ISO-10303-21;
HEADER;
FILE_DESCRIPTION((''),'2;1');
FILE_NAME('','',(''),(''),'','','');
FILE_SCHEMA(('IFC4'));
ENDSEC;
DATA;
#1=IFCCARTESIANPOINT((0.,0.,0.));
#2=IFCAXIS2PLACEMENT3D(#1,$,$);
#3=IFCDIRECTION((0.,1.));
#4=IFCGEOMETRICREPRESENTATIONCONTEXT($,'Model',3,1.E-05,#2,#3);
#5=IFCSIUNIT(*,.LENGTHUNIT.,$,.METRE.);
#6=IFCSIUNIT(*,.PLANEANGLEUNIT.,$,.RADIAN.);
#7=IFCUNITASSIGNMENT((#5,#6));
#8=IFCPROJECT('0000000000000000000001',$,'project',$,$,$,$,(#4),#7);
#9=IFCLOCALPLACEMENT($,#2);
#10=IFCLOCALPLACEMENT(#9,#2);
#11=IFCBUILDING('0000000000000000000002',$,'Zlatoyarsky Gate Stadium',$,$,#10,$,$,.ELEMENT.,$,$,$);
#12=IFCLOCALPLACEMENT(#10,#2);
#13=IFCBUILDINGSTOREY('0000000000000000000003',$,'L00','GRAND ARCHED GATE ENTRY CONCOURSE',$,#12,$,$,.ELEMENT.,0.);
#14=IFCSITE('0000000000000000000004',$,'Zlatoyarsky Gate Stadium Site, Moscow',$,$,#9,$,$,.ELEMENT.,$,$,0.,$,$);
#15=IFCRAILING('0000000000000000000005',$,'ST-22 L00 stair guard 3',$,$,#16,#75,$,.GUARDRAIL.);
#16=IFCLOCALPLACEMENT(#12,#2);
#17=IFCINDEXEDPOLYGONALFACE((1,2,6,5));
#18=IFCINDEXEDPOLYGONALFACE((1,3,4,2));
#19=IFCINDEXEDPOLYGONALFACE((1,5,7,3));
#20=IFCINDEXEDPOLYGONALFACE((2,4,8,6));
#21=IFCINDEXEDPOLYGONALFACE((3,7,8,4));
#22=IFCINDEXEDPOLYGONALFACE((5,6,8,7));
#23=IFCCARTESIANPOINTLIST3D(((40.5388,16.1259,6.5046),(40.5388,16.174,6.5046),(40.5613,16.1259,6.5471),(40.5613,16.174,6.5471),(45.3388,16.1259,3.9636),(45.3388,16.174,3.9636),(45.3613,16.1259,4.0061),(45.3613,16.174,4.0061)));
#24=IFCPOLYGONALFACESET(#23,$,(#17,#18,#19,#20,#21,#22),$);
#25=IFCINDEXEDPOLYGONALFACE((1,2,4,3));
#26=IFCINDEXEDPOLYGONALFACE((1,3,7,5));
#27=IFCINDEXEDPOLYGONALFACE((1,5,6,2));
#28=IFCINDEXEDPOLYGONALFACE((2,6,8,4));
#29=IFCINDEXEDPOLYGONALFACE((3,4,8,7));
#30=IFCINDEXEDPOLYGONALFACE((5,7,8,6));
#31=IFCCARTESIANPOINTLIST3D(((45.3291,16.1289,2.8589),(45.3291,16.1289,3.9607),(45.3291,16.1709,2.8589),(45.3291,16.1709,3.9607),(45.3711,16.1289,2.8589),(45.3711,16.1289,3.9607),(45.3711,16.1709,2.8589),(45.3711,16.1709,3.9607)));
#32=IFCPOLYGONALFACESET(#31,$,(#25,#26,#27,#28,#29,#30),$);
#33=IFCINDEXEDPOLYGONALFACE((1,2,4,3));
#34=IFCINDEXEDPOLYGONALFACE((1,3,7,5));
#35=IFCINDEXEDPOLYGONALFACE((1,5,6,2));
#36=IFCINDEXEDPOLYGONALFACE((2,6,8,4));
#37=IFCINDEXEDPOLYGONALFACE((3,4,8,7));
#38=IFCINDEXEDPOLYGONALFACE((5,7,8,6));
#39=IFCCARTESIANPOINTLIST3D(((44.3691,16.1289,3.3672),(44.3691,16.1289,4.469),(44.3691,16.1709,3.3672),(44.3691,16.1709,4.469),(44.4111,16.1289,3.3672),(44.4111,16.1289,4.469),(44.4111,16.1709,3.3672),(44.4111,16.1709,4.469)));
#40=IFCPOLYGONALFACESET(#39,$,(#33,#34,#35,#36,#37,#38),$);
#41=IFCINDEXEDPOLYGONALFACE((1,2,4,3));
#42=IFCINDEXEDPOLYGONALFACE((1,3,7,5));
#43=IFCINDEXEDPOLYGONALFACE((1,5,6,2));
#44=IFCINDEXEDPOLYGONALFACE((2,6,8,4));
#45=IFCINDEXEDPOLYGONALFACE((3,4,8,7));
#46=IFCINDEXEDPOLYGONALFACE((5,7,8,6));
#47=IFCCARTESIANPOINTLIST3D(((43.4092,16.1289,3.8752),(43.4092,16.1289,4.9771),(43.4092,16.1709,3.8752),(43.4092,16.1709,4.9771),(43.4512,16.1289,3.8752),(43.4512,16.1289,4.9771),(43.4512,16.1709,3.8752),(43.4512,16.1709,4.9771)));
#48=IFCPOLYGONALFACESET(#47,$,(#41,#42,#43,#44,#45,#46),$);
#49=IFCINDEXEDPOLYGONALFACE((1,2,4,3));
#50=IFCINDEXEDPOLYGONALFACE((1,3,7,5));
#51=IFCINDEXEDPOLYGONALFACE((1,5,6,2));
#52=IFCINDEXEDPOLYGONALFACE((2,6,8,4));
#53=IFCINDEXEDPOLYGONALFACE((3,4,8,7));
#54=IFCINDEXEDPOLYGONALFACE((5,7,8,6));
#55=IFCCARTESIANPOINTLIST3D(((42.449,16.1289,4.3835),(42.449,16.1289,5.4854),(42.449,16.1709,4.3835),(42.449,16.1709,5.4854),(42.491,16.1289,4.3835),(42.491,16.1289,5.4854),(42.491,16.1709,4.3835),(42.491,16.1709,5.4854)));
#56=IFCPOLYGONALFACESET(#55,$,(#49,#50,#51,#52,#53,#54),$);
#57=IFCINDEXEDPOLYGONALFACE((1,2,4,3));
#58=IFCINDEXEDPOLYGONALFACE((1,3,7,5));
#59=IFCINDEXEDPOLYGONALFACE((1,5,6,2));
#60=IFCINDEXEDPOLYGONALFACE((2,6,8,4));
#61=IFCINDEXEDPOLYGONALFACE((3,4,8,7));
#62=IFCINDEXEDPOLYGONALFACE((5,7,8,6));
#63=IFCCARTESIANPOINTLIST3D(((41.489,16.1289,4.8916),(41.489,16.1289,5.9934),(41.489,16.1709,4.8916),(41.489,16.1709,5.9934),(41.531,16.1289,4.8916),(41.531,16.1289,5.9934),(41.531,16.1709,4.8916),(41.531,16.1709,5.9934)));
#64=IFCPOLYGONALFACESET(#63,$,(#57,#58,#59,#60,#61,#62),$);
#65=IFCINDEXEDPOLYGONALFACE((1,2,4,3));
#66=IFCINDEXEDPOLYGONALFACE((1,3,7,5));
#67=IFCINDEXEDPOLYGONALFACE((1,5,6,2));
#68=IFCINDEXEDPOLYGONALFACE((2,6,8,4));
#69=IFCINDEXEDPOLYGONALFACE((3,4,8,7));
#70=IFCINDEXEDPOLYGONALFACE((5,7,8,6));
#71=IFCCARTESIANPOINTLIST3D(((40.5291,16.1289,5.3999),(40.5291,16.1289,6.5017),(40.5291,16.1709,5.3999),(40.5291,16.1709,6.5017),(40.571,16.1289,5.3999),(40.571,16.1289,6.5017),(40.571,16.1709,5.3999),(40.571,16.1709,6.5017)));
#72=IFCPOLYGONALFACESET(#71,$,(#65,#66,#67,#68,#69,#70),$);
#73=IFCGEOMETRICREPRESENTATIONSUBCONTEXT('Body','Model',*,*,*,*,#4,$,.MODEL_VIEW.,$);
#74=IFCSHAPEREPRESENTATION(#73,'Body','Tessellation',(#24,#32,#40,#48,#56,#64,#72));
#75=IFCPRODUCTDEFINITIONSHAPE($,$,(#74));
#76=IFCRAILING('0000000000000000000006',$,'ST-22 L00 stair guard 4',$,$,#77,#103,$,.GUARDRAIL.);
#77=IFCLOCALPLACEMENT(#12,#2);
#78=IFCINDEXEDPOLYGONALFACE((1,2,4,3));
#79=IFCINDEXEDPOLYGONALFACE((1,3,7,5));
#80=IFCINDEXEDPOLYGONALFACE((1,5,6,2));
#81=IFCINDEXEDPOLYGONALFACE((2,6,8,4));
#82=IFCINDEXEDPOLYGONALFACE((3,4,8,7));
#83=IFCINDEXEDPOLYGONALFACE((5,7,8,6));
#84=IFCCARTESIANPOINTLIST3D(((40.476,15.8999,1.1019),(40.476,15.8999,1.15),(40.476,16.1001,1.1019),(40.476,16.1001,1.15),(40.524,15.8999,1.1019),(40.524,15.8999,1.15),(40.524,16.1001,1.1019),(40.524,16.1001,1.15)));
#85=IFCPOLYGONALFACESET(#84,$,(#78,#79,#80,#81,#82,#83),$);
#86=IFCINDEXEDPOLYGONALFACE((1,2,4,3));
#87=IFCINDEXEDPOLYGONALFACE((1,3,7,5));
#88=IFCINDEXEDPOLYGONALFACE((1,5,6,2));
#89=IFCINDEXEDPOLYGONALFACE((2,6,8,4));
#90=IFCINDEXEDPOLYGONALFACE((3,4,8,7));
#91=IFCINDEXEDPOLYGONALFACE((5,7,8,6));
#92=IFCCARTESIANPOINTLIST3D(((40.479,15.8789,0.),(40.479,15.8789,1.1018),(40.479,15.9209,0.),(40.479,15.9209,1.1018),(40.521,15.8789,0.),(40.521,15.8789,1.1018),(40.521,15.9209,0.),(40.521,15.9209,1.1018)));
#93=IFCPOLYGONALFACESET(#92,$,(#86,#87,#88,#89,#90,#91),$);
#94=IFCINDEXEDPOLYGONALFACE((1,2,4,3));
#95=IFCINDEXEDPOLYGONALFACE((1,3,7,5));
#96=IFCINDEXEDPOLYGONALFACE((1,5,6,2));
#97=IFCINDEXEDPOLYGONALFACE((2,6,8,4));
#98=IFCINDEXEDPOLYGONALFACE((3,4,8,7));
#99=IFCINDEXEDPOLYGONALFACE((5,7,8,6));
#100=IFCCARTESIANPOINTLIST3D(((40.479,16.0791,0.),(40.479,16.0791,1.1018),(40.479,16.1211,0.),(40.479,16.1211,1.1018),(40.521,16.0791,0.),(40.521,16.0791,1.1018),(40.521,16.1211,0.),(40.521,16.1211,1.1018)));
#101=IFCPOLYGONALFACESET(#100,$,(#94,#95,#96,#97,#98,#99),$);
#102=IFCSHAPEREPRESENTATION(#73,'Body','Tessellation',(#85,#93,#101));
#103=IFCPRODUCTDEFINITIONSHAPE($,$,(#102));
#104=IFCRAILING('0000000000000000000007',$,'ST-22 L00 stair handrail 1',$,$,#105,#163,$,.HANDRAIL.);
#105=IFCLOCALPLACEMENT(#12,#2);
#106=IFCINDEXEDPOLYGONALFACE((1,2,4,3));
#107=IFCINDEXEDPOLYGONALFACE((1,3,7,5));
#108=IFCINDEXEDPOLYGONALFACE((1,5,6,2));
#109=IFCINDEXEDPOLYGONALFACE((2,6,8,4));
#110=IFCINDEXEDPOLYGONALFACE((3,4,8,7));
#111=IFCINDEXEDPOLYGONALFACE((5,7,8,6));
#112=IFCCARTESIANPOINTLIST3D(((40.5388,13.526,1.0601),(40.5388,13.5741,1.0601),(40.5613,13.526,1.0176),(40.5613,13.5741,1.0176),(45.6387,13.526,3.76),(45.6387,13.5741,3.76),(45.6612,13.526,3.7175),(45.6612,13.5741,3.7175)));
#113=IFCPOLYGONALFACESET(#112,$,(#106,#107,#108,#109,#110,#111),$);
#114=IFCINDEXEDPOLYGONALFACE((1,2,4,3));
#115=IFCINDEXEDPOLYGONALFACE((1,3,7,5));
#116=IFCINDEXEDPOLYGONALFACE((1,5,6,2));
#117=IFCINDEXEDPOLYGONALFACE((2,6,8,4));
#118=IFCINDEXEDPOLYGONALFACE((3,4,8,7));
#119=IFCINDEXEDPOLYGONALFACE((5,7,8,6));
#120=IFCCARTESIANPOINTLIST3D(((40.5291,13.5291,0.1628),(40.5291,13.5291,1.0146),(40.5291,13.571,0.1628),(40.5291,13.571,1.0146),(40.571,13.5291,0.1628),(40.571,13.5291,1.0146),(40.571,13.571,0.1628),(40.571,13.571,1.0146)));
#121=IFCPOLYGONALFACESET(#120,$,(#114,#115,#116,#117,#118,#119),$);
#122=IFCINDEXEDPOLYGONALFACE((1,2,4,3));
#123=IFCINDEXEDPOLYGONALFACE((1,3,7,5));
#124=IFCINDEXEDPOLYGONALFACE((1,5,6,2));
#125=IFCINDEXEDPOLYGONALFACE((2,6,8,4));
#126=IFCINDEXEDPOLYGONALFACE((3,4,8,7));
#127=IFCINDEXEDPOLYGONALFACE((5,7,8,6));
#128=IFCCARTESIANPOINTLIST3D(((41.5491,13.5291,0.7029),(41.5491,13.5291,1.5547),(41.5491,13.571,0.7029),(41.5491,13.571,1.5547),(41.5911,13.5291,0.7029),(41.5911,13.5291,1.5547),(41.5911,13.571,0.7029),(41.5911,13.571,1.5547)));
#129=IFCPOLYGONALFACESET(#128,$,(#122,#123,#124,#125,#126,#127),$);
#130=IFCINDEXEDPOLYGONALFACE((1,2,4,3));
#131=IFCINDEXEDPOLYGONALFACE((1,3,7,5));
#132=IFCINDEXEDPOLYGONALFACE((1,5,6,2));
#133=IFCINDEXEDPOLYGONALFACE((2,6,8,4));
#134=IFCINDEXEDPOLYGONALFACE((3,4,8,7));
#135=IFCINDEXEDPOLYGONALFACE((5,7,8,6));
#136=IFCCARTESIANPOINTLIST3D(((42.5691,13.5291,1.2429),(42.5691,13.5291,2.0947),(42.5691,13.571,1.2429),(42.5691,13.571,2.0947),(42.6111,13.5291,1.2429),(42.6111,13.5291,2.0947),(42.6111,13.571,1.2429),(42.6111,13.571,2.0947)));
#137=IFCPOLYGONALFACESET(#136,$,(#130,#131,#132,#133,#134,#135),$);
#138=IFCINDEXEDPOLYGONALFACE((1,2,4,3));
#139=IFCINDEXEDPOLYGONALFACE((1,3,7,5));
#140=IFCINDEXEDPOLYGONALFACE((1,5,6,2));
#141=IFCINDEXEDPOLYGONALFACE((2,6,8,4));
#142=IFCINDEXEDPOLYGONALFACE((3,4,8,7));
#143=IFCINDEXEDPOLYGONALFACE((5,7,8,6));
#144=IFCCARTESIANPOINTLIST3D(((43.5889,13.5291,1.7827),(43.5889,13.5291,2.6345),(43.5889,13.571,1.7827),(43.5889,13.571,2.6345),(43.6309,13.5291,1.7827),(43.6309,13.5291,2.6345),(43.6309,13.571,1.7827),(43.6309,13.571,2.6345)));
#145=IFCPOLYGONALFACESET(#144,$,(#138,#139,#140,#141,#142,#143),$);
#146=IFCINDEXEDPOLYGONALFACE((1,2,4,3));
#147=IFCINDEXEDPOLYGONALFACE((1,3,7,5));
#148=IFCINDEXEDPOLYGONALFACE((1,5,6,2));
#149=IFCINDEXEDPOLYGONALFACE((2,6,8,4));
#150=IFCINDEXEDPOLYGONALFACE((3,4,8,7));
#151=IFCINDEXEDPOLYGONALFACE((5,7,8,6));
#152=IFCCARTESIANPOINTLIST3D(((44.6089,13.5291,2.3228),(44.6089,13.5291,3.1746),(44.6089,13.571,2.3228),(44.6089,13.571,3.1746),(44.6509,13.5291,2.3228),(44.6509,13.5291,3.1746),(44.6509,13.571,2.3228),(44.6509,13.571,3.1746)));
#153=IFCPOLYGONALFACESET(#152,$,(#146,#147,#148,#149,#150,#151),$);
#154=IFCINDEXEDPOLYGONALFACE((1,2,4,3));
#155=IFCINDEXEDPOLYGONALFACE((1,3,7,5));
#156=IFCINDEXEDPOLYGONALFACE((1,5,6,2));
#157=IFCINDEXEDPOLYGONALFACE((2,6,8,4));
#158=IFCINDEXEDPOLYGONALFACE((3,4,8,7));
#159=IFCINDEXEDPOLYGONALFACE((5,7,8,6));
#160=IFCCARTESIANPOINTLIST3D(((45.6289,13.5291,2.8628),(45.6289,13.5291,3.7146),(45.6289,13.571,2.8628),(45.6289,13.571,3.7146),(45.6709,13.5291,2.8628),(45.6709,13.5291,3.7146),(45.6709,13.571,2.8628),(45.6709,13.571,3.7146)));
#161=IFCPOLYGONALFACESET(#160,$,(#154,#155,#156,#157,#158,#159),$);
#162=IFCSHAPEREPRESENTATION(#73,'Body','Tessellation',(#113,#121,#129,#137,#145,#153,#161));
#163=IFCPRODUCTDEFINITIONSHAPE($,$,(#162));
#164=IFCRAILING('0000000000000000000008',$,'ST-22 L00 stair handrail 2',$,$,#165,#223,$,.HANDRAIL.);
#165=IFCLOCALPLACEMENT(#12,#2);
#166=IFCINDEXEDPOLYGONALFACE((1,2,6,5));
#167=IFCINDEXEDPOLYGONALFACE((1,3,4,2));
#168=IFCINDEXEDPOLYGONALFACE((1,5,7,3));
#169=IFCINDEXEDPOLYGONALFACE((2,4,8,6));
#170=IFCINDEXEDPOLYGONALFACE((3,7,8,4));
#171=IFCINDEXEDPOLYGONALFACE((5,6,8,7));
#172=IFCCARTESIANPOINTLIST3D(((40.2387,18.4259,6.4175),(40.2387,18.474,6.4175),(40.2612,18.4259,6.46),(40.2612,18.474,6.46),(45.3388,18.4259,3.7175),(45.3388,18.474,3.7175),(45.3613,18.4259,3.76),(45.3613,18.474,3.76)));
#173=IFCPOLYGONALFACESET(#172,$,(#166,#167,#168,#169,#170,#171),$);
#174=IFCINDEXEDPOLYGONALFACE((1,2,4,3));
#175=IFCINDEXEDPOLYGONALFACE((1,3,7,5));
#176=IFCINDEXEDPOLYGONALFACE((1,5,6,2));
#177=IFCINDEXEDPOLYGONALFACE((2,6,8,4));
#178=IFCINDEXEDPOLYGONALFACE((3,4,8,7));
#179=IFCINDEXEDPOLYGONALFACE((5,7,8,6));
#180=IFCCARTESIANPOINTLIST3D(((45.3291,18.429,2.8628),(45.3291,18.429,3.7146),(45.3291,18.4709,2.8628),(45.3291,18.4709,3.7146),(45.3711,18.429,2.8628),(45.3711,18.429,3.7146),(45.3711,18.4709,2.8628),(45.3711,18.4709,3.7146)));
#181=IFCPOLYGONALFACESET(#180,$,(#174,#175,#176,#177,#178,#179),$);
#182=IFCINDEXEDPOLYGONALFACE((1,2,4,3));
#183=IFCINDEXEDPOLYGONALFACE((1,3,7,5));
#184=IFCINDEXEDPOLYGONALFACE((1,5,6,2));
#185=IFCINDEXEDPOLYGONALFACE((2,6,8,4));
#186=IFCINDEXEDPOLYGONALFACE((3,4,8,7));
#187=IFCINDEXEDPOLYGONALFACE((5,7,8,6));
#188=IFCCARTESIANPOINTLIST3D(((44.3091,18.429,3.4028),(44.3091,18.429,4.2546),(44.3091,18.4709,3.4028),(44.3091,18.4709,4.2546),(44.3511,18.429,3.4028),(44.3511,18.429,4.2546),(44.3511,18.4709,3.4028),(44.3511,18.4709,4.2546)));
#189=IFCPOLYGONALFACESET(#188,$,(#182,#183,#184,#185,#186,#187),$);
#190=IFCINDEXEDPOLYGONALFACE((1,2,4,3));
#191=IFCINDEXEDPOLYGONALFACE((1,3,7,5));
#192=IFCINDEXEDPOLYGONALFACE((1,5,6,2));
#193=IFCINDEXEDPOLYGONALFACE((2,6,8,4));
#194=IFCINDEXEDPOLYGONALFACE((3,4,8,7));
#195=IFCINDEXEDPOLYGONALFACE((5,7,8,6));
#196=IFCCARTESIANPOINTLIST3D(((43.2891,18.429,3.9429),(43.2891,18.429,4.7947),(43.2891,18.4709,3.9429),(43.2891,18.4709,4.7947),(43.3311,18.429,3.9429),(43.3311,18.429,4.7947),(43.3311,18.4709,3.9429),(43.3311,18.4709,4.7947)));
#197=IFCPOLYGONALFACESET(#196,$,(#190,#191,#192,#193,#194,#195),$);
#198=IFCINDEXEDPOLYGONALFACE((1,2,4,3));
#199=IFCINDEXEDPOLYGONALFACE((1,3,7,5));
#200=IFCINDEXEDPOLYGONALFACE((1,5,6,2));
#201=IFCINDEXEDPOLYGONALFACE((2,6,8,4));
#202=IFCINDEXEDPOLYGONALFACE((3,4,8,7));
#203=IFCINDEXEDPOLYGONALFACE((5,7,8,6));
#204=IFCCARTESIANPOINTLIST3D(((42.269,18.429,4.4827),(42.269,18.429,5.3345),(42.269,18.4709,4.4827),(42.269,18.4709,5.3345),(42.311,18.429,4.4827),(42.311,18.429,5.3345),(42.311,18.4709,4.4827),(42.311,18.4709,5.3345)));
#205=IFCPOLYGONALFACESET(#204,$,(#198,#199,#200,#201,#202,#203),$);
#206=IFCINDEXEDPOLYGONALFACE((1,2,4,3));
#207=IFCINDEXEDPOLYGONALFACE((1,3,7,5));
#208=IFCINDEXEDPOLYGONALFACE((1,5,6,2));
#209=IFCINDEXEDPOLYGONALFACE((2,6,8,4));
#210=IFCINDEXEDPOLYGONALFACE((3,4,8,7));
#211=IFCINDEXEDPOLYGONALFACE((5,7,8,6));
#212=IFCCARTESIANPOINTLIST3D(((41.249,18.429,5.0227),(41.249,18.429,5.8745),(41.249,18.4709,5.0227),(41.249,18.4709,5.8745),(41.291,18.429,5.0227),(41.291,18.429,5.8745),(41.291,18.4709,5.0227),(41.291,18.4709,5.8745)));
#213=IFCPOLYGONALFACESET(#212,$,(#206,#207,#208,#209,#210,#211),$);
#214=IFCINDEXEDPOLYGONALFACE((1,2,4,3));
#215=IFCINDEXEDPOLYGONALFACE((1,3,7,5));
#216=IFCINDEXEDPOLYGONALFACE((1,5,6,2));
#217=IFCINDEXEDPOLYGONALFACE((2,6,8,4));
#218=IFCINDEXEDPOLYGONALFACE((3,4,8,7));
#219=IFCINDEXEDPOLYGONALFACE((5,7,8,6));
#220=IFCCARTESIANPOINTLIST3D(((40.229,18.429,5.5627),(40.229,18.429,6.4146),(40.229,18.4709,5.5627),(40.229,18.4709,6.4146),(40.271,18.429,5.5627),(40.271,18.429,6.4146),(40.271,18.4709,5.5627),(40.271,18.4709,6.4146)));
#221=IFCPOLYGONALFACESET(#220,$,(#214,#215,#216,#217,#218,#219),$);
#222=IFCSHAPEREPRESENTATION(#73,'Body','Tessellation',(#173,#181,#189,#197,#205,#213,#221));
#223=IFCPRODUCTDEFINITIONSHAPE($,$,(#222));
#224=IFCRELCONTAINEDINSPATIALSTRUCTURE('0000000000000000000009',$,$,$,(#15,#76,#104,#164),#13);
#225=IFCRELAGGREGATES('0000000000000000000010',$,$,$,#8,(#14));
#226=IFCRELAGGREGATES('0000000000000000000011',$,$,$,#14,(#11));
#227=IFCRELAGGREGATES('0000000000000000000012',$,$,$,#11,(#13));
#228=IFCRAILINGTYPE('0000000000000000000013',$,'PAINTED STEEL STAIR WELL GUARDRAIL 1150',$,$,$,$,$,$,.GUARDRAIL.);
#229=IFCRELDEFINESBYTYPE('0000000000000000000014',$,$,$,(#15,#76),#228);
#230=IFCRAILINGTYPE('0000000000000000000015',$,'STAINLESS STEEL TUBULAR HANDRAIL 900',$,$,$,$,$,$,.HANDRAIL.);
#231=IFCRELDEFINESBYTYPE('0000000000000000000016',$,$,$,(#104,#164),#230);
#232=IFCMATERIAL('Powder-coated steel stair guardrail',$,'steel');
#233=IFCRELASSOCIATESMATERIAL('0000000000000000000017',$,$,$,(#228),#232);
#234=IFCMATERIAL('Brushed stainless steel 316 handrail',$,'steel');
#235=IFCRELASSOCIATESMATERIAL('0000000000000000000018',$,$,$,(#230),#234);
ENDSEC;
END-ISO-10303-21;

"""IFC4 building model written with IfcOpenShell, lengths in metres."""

from ifc_helpers import new_model, si_unit, direction, frame, origin, origin_2d, place, context, subcontext, project, spatial, rectangle, extrude, material, type_object, element, save


model = new_model("IFC4")

# Units and contexts
model_context = context("Model", 3, precision=1e-05, world=origin(), true_north=direction((0.0, 1.0)))
body_context = subcontext(model_context, "Body", "Model", "MODEL_VIEW")
ifc_project = project(units=[si_unit("LENGTHUNIT", "METRE"), si_unit("PLANEANGLEUNIT", "RADIAN")], contexts=[model_context])

# Site, building, storey
site_placement = place(None, origin())
site = spatial("IfcSite", under=ifc_project, at=site_placement, Name="Zlatoyarsky Gate Stadium Site, Moscow", CompositionType="ELEMENT", RefElevation=0.0)
building_placement = place(site_placement, origin())
building = spatial("IfcBuilding", under=site, at=building_placement, Name="Zlatoyarsky Gate Stadium", CompositionType="ELEMENT")
storey_placement = place(building_placement, origin())
storey = spatial("IfcBuildingStorey", under=building, at=storey_placement, Name="L00", Description="GRAND ARCHED GATE ENTRY CONCOURSE", CompositionType="ELEMENT", Elevation=0.0)

# Railings
ifc_material_1 = material(Name="Powder-coated steel stair guardrail", Category="steel")
railing_type_1 = type_object("IfcRailingType", Name="PAINTED STEEL STAIR WELL GUARDRAIL 1150", PredefinedType="GUARDRAIL", material=ifc_material_1)
railing_1_placement = place(storey_placement, frame((45.3501, 16.1499, 2.8589)))
element("IfcRailing", 1, at=railing_1_placement, inside=storey, type_object=railing_type_1, Name="ST-22 L00 stair guard 3", PredefinedType="GUARDRAIL", context=body_context, shape_type="SweptSolid", body=[
    extrude(rectangle(XDim=0.0481, YDim=0.0481, at=origin_2d()), frame((0.0, 0.0, 1.126), z_axis=(-0.883802, 0.0, 0.467861), x_axis=(0.0, -1.0, 0.0)), (0.0, 0.0, 1.0), 5.4312),
    extrude(rectangle(XDim=0.042, YDim=0.042, at=origin_2d()), origin(), (0.0, 0.0, 1.0), 1.1018),
    extrude(rectangle(XDim=0.042, YDim=0.042, at=origin_2d()), frame((-0.96, 0.0, 0.5083)), (0.0, 0.0, 1.0), 1.1018),
    extrude(rectangle(XDim=0.042, YDim=0.042, at=origin_2d()), frame((-1.9199, 0.0, 1.0164)), (0.0, 0.0, 1.0), 1.1018),
    extrude(rectangle(XDim=0.042, YDim=0.042, at=origin_2d()), frame((-2.8801, 0.0, 1.5247)), (0.0, 0.0, 1.0), 1.1018),
    extrude(rectangle(XDim=0.042, YDim=0.042, at=origin_2d()), frame((-3.8401, 0.0, 2.0327)), (0.0, 0.0, 1.0), 1.1018),
    extrude(rectangle(XDim=0.042, YDim=0.042, at=origin_2d()), frame((-4.8, 0.0, 2.541)), (0.0, 0.0, 1.0), 1.1018),
])
railing_2_placement = place(storey_placement, frame((40.5, 15.8999, 0.0)))
element("IfcRailing", 2, at=railing_2_placement, inside=storey, type_object=railing_type_1, Name="ST-22 L00 stair guard 4", PredefinedType="GUARDRAIL", context=body_context, shape_type="SweptSolid", body=[
    extrude(rectangle(XDim=0.0481, YDim=0.0481, at=origin_2d()), frame((0.0, 0.0, 1.126), z_axis=(0.0, 1.0, 0.0), x_axis=(-1.0, 0.0, 0.0)), (0.0, 0.0, 1.0), 0.2002),
    extrude(rectangle(XDim=0.042, YDim=0.042, at=origin_2d()), origin(), (0.0, 0.0, 1.0), 1.1018),
    extrude(rectangle(XDim=0.042, YDim=0.042, at=origin_2d()), frame((0.0, 0.2002, 0.0)), (0.0, 0.0, 1.0), 1.1018),
])
ifc_material_2 = material(Name="Brushed stainless steel 316 handrail", Category="steel")
railing_type_2 = type_object("IfcRailingType", Name="STAINLESS STEEL TUBULAR HANDRAIL 900", PredefinedType="HANDRAIL", material=ifc_material_2)
railing_3_placement = place(storey_placement, frame((40.55, 13.55, 0.1628)))
element("IfcRailing", 3, at=railing_3_placement, inside=storey, type_object=railing_type_2, Name="ST-22 L00 stair handrail 1", PredefinedType="HANDRAIL", context=body_context, shape_type="SweptSolid", body=[
    extrude(rectangle(XDim=0.0481, YDim=0.0481, at=origin_2d()), frame((0.0, 0.0, 0.876), z_axis=(0.883786, 0.0, 0.467892), x_axis=(0.0, 1.0, 0.0)), (0.0, 0.0, 1.0), 5.7705),
    extrude(rectangle(XDim=0.042, YDim=0.042, at=origin_2d()), origin(), (0.0, 0.0, 1.0), 0.8518),
    extrude(rectangle(XDim=0.042, YDim=0.042, at=origin_2d()), frame((1.02, 0.0, 0.54)), (0.0, 0.0, 1.0), 0.8518),
    extrude(rectangle(XDim=0.042, YDim=0.042, at=origin_2d()), frame((2.04, 0.0, 1.0801)), (0.0, 0.0, 1.0), 0.8518),
    extrude(rectangle(XDim=0.042, YDim=0.042, at=origin_2d()), frame((3.0598, 0.0, 1.6199)), (0.0, 0.0, 1.0), 0.8518),
    extrude(rectangle(XDim=0.042, YDim=0.042, at=origin_2d()), frame((4.0798, 0.0, 2.1599)), (0.0, 0.0, 1.0), 0.8518),
    extrude(rectangle(XDim=0.042, YDim=0.042, at=origin_2d()), frame((5.0999, 0.0, 2.7)), (0.0, 0.0, 1.0), 0.8518),
])
railing_4_placement = place(storey_placement, frame((45.3501, 18.45, 2.8628)))
element("IfcRailing", 4, at=railing_4_placement, inside=storey, type_object=railing_type_2, Name="ST-22 L00 stair handrail 2", PredefinedType="HANDRAIL", context=body_context, shape_type="SweptSolid", body=[
    extrude(rectangle(XDim=0.0481, YDim=0.0481, at=origin_2d()), frame((0.0, 0.0, 0.876), z_axis=(-0.883795, 0.0, 0.467874), x_axis=(0.0, -1.0, 0.0)), (0.0, 0.0, 1.0), 5.7708),
    extrude(rectangle(XDim=0.042, YDim=0.042, at=origin_2d()), origin(), (0.0, 0.0, 1.0), 0.8518),
    extrude(rectangle(XDim=0.042, YDim=0.042, at=origin_2d()), frame((-1.02, 0.0, 0.54)), (0.0, 0.0, 1.0), 0.8518),
    extrude(rectangle(XDim=0.042, YDim=0.042, at=origin_2d()), frame((-2.04, 0.0, 1.0801)), (0.0, 0.0, 1.0), 0.8518),
    extrude(rectangle(XDim=0.042, YDim=0.042, at=origin_2d()), frame((-3.0601, 0.0, 1.6199)), (0.0, 0.0, 1.0), 0.8518),
    extrude(rectangle(XDim=0.042, YDim=0.042, at=origin_2d()), frame((-4.0801, 0.0, 2.1599)), (0.0, 0.0, 1.0), 0.8518),
    extrude(rectangle(XDim=0.042, YDim=0.042, at=origin_2d()), frame((-5.1001, 0.0, 2.7)), (0.0, 0.0, 1.0), 0.8518),
])

save(model, "model.ifc")
